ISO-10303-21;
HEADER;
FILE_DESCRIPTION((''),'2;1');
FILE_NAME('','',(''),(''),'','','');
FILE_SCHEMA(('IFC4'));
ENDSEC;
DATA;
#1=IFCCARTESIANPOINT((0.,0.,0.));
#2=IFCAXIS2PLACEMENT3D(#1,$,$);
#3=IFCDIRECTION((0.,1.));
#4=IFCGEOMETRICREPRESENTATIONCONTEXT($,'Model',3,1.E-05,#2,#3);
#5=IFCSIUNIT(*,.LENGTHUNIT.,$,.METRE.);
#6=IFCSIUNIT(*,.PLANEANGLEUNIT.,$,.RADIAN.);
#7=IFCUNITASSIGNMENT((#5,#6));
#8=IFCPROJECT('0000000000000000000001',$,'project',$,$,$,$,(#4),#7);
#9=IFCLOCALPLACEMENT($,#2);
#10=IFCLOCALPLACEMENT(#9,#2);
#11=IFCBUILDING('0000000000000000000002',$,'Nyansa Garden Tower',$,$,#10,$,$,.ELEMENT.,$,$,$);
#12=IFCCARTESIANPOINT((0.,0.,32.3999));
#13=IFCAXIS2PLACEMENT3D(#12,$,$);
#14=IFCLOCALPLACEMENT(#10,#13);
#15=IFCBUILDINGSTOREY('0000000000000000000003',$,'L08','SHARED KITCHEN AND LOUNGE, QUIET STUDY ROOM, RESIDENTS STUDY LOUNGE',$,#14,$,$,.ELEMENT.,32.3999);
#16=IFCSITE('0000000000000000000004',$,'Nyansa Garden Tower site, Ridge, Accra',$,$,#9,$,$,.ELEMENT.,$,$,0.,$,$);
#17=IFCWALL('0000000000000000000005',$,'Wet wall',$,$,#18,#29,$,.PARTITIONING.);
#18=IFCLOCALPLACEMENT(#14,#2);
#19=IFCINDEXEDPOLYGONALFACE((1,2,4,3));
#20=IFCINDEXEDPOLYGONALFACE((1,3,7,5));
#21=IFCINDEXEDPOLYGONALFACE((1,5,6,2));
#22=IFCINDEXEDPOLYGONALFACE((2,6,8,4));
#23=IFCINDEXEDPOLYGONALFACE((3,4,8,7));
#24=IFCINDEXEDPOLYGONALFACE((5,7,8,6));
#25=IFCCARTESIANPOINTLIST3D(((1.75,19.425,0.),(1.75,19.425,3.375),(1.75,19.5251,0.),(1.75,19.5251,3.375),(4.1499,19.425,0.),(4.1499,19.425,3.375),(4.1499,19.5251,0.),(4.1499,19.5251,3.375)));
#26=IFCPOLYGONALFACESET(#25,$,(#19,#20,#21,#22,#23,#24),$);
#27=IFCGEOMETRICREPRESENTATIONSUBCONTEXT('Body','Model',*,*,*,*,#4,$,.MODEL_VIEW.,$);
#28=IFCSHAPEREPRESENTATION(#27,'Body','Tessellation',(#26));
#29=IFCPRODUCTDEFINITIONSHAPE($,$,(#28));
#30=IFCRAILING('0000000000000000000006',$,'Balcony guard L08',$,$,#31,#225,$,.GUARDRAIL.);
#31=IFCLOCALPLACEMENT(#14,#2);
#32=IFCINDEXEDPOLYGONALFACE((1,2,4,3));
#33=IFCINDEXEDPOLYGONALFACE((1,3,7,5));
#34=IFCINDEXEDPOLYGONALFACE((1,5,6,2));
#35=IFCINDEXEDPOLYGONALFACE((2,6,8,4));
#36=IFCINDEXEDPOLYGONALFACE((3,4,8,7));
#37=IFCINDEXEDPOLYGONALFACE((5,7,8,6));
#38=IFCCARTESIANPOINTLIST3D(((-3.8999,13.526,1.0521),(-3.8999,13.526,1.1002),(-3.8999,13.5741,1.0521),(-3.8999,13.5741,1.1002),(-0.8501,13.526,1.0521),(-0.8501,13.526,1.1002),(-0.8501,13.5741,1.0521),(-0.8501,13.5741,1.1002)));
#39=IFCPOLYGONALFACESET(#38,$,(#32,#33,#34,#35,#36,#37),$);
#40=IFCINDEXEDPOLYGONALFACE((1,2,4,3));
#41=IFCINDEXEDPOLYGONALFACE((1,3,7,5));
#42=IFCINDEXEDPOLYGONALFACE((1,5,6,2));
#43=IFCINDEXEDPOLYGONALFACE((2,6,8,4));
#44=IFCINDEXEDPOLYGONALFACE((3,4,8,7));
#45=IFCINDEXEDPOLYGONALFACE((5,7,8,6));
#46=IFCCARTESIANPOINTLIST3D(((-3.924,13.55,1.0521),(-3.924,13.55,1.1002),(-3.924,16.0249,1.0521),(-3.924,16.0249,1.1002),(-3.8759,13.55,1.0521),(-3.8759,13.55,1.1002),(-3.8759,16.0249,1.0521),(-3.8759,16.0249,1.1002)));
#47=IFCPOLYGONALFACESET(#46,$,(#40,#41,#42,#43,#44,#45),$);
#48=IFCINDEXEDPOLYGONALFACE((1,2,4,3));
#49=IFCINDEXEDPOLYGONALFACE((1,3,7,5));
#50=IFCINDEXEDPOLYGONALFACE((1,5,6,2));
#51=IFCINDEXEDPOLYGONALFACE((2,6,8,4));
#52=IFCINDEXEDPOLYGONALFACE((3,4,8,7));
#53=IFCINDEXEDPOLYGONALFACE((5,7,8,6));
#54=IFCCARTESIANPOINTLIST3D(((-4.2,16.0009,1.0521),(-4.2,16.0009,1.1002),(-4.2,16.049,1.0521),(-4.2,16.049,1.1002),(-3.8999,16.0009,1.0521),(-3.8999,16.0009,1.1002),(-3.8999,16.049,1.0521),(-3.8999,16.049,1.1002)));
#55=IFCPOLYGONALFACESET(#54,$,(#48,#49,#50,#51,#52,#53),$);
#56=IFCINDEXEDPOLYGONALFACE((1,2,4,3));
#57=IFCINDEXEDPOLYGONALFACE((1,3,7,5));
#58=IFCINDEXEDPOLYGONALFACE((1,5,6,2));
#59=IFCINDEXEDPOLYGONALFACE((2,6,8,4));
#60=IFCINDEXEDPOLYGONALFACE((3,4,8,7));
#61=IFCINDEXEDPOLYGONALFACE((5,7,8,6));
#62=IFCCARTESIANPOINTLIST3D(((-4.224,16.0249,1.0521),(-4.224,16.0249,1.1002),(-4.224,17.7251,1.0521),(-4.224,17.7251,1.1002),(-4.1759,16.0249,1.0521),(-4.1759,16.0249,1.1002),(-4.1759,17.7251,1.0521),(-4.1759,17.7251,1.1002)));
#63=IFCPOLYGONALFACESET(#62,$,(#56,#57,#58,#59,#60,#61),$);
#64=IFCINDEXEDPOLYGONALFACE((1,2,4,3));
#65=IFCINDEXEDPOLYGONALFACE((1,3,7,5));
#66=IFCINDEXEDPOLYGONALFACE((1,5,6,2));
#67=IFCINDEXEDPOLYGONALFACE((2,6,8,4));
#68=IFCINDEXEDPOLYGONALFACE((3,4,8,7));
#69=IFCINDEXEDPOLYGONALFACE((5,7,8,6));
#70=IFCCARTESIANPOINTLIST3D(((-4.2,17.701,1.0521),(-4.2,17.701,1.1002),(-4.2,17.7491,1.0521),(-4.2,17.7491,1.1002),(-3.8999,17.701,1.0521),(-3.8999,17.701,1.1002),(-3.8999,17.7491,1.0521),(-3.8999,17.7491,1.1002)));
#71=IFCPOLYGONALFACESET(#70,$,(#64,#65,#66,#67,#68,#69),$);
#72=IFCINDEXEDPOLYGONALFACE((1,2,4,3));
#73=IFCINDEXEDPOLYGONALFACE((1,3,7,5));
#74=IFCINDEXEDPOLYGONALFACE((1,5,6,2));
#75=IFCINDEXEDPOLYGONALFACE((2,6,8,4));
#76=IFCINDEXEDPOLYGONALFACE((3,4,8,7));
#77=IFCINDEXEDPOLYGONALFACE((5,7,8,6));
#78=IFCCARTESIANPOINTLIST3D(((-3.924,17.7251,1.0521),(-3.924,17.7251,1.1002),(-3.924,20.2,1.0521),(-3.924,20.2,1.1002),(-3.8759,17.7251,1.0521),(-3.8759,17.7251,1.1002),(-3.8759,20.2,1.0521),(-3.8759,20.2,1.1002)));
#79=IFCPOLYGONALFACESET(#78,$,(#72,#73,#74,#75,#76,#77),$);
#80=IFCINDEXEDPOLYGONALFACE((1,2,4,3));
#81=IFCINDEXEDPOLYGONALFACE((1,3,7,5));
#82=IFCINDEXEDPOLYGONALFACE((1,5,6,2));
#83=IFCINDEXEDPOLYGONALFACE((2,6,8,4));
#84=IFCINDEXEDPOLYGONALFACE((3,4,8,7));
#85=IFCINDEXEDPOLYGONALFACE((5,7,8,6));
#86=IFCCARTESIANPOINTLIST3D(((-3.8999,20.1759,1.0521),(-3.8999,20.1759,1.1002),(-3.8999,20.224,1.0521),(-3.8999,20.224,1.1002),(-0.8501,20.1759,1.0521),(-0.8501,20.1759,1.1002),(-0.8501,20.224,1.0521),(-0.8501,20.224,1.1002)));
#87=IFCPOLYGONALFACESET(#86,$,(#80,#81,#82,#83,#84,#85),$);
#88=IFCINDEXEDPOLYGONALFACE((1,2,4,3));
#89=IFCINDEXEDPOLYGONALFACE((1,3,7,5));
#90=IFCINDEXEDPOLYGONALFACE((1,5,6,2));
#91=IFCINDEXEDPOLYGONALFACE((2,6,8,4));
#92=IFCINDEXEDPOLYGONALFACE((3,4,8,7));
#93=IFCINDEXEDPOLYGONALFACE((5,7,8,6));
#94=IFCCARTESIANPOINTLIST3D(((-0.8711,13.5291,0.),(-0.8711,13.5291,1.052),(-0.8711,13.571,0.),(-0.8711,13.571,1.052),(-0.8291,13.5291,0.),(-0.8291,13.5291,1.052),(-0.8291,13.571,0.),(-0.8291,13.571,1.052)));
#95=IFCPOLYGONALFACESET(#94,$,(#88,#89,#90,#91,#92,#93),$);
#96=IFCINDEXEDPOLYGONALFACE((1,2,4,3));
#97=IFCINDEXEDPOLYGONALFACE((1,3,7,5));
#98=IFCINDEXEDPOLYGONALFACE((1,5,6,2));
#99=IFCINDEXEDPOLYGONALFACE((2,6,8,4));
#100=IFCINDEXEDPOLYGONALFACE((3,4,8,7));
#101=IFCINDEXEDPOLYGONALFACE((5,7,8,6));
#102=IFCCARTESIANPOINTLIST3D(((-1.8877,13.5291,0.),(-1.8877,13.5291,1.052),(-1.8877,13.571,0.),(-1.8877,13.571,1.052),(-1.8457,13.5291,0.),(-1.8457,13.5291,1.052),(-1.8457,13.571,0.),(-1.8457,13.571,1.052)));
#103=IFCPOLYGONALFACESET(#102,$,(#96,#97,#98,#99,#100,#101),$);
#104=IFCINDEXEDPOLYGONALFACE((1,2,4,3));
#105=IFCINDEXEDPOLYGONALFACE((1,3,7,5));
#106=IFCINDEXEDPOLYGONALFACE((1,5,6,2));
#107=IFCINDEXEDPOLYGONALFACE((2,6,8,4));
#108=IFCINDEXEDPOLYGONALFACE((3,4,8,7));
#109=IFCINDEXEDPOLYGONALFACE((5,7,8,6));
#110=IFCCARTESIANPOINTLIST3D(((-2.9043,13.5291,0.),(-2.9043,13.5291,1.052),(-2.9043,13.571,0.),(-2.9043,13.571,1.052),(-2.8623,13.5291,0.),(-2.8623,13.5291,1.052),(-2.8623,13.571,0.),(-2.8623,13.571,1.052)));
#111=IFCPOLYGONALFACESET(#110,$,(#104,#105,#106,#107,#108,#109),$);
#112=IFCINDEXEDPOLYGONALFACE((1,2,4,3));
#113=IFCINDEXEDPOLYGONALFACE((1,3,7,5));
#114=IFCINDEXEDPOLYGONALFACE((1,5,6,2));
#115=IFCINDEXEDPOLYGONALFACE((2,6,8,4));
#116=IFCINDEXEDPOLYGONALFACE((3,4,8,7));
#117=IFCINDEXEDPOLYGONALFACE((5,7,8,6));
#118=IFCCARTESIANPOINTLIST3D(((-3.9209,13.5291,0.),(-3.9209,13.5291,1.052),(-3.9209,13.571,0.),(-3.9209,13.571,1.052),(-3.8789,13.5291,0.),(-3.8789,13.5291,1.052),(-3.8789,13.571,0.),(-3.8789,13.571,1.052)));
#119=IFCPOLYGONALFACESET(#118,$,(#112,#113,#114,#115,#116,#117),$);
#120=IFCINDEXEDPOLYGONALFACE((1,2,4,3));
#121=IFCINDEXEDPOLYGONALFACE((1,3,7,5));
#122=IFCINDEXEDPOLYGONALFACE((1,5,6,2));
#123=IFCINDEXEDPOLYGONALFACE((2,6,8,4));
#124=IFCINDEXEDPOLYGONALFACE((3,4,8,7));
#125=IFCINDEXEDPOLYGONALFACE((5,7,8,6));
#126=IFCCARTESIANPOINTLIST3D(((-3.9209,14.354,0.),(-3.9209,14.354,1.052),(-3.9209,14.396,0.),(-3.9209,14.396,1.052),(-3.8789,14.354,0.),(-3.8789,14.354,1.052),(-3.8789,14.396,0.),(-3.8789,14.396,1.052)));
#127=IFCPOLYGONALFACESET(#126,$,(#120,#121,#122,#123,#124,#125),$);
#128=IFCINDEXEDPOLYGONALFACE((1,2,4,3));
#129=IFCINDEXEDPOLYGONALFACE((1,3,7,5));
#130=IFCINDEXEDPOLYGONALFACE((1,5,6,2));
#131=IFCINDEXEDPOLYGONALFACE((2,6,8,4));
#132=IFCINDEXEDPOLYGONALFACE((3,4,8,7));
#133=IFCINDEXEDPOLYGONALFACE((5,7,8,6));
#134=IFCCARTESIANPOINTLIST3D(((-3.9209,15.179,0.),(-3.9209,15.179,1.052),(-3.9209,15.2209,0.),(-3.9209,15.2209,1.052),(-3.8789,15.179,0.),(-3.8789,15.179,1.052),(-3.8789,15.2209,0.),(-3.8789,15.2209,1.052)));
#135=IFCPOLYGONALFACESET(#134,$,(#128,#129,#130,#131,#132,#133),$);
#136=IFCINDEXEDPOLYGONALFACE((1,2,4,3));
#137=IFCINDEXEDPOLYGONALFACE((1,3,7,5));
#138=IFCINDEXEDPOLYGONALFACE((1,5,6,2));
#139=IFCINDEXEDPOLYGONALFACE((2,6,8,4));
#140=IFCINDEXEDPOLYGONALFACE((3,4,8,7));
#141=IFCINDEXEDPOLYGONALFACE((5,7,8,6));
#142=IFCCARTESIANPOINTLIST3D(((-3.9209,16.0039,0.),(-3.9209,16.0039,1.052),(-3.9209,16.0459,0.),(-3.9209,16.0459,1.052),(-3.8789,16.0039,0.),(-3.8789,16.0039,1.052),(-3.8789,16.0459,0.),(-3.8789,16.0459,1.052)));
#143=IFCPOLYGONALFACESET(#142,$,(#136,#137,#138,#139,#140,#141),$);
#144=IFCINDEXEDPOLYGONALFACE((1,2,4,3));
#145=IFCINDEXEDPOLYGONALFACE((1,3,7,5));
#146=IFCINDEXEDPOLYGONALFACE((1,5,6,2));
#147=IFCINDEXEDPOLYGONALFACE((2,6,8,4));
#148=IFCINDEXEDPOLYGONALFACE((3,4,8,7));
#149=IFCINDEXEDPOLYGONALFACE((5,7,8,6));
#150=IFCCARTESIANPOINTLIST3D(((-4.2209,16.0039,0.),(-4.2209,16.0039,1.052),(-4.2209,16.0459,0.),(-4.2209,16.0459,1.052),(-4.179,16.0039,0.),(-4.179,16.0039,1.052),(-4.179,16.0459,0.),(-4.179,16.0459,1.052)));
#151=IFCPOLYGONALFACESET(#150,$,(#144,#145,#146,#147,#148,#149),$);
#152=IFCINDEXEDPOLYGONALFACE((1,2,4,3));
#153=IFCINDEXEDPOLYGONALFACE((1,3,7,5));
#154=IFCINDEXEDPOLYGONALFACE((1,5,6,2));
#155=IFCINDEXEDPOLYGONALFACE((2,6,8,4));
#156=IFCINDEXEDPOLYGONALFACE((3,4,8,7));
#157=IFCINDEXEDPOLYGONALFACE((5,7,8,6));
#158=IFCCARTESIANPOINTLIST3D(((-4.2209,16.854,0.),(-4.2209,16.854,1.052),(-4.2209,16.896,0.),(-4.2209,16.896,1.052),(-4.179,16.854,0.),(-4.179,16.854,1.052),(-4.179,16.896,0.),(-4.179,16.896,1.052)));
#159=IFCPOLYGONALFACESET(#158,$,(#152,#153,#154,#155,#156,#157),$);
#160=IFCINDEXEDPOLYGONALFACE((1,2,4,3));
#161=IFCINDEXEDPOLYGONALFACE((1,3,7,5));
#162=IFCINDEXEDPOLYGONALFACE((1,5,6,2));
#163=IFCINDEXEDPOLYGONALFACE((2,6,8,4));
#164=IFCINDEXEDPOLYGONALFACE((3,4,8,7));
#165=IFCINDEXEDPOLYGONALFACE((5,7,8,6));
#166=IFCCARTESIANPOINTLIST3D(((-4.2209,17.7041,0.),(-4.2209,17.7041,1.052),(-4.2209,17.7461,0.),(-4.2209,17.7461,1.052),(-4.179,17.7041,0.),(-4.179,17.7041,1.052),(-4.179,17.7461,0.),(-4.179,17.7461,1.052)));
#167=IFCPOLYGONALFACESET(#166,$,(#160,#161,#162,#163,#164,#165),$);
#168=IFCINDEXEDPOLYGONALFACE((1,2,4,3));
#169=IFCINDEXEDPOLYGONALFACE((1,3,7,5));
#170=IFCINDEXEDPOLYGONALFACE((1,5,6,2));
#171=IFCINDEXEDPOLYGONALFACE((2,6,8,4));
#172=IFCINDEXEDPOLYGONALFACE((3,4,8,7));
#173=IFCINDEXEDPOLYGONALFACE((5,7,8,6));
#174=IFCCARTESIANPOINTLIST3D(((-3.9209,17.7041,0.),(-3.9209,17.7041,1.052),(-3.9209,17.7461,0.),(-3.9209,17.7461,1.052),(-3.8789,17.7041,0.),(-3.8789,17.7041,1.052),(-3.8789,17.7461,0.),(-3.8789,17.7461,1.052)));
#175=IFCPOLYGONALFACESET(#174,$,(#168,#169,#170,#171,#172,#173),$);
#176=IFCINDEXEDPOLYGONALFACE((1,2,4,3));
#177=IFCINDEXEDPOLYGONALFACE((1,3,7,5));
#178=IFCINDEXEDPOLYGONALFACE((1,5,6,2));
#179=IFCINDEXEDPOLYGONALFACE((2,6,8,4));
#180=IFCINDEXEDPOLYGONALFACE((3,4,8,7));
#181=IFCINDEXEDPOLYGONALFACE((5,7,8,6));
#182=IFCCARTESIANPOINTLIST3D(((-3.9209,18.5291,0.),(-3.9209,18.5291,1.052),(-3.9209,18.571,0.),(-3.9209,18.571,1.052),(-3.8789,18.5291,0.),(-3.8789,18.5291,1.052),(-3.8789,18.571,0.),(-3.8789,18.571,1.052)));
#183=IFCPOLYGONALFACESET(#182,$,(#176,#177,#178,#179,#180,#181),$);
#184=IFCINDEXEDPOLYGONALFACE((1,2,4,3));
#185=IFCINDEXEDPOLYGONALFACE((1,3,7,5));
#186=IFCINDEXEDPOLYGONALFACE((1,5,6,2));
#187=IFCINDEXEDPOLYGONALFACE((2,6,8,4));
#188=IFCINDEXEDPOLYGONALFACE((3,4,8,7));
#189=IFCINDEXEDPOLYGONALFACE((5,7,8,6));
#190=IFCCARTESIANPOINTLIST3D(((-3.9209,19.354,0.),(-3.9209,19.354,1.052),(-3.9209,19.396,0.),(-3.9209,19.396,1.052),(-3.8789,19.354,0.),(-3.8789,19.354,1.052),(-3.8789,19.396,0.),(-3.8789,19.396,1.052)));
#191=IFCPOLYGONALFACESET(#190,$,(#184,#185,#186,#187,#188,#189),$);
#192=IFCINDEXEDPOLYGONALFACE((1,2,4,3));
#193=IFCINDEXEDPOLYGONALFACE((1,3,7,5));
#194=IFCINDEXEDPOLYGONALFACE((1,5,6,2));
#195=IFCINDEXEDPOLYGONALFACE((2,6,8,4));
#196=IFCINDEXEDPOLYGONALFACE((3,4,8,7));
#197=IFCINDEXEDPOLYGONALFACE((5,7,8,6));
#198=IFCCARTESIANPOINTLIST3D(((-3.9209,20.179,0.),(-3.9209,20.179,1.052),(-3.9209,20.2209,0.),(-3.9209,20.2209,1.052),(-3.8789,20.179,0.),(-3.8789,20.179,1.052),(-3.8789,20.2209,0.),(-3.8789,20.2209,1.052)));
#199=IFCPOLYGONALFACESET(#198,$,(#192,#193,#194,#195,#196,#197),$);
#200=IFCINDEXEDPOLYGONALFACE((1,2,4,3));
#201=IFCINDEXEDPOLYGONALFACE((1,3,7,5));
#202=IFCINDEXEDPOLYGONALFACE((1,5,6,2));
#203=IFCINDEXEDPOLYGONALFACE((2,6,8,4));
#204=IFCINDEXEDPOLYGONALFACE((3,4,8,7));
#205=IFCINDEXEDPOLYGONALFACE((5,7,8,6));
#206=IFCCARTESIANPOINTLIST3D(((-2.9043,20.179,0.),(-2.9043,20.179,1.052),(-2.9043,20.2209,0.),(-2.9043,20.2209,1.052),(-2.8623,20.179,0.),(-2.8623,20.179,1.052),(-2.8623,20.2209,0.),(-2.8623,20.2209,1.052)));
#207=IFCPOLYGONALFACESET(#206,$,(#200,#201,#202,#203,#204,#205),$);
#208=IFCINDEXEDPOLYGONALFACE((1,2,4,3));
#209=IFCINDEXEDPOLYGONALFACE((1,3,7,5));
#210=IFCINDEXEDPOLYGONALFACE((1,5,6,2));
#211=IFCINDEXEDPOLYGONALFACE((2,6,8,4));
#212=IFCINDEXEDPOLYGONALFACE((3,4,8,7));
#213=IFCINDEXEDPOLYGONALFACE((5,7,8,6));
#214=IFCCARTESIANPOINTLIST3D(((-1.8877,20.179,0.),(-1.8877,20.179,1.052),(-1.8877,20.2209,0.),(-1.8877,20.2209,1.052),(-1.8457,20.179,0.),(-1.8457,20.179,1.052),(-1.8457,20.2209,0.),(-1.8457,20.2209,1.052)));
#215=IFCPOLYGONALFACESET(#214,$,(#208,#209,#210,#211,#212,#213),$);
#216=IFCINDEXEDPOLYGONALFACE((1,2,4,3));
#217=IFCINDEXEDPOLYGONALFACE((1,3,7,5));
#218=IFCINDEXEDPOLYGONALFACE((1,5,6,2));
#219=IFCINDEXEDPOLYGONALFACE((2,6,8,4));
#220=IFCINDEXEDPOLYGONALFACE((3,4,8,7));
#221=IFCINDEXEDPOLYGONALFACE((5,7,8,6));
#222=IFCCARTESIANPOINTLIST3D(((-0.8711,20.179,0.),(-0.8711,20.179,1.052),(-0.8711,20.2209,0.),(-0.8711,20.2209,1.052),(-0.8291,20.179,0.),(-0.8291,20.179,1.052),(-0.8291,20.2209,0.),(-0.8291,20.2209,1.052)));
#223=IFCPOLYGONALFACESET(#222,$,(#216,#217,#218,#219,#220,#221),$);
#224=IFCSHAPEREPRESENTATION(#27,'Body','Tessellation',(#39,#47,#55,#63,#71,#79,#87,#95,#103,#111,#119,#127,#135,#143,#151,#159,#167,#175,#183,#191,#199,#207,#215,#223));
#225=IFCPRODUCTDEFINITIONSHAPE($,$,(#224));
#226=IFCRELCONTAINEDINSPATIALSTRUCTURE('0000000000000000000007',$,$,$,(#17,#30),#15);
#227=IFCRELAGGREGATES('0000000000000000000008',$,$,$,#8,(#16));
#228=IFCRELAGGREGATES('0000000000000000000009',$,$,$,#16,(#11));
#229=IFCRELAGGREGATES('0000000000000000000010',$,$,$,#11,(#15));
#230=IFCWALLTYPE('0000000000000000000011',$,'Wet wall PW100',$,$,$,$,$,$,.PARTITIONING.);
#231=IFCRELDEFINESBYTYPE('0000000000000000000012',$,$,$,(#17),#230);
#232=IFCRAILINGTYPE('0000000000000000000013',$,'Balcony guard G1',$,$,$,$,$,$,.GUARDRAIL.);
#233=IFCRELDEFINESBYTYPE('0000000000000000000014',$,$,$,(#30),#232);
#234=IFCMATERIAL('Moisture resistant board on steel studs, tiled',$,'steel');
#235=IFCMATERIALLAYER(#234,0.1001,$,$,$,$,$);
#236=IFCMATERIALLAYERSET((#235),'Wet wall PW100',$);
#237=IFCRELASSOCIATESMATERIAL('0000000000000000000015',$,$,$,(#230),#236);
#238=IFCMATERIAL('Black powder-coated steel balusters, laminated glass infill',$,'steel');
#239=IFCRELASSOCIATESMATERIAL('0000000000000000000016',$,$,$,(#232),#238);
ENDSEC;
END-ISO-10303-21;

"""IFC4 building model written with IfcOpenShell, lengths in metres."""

from ifc_helpers import new_model, si_unit, direction, frame, frame_2d, origin, origin_2d, place, context, subcontext, project, spatial, rectangle, extrude, material, layer, layer_set, type_object, element, save


model = new_model("IFC4")

# Units and contexts
model_context = context("Model", 3, precision=1e-05, world=origin(), true_north=direction((0.0, 1.0)))
body_context = subcontext(model_context, "Body", "Model", "MODEL_VIEW")
ifc_project = project(units=[si_unit("LENGTHUNIT", "METRE"), si_unit("PLANEANGLEUNIT", "RADIAN")], contexts=[model_context])

# Site, building, storey
site_placement = place(None, origin())
site = spatial("IfcSite", under=ifc_project, at=site_placement, Name="Nyansa Garden Tower site, Ridge, Accra", CompositionType="ELEMENT", RefElevation=0.0)
building_placement = place(site_placement, origin())
building = spatial("IfcBuilding", under=site, at=building_placement, Name="Nyansa Garden Tower", CompositionType="ELEMENT")
storey_placement = place(building_placement, frame((0.0, 0.0, 32.3999)))
storey = spatial("IfcBuildingStorey", under=building, at=storey_placement, Name="L08", Description="SHARED KITCHEN AND LOUNGE, QUIET STUDY ROOM, RESIDENTS STUDY LOUNGE", CompositionType="ELEMENT", Elevation=32.3999)

# Wall
ifc_material_1 = material(Name="Moisture resistant board on steel studs, tiled", Category="steel")
ifc_layer_1 = layer(ifc_material_1, 0.1001)
ifc_layer_set_1 = layer_set([ifc_layer_1], Name="Wet wall PW100")
wall_type_1 = type_object("IfcWallType", Name="Wet wall PW100", PredefinedType="PARTITIONING", material=ifc_layer_set_1)
wall_1_placement = place(storey_placement, frame((1.75, 19.4751, 0.0), z_axis=(0.0, 0.0, 1.0), x_axis=(1.0, 0.0, 0.0)))
element("IfcWall", 1, at=wall_1_placement, inside=storey, type_object=wall_type_1, Name="Wet wall", PredefinedType="PARTITIONING", context=body_context, shape_type="SweptSolid", body=[
    extrude(rectangle(XDim=2.3999, YDim=0.1001, at=frame_2d((1.2, 0.0))), origin(), (0.0, 0.0, 1.0), 3.375),
])

# Railing
ifc_material_2 = material(Name="Black powder-coated steel balusters, laminated glass infill", Category="steel")
railing_type = type_object("IfcRailingType", Name="Balcony guard G1", PredefinedType="GUARDRAIL", material=ifc_material_2)
railing_placement = place(storey_placement, frame((-0.8501, 13.55, 0.0)))
element("IfcRailing", 2, at=railing_placement, inside=storey, type_object=railing_type, Name="Balcony guard L08", PredefinedType="GUARDRAIL", context=body_context, shape_type="SweptSolid", body=[
    extrude(rectangle(XDim=0.0481, YDim=0.0481, at=origin_2d()), frame((0.0, 0.0, 1.0762), z_axis=(-1.0, 0.0, 0.0), x_axis=(0.0, -1.0, 0.0)), (0.0, 0.0, 1.0), 3.0498),
    extrude(rectangle(XDim=0.0481, YDim=0.0481, at=origin_2d()), frame((-3.0498, 0.0, 1.0762), z_axis=(0.0, 1.0, 0.0), x_axis=(-1.0, 0.0, 0.0)), (0.0, 0.0, 1.0), 2.4749),
    extrude(rectangle(XDim=0.0481, YDim=0.0481, at=origin_2d()), frame((-3.0498, 2.4749, 1.0762), z_axis=(-1.0, 0.0, 0.0), x_axis=(0.0, -1.0, 0.0)), (0.0, 0.0, 1.0), 0.3),
    extrude(rectangle(XDim=0.0481, YDim=0.0481, at=origin_2d()), frame((-3.3499, 2.4749, 1.0762), z_axis=(0.0, 1.0, 0.0), x_axis=(-1.0, 0.0, 0.0)), (0.0, 0.0, 1.0), 1.7002),
    extrude(rectangle(XDim=0.0481, YDim=0.0481, at=origin_2d()), frame((-3.3499, 4.175, 1.0762), z_axis=(1.0, 0.0, 0.0), x_axis=(0.0, 1.0, 0.0)), (0.0, 0.0, 1.0), 0.3),
    extrude(rectangle(XDim=0.0481, YDim=0.0481, at=origin_2d()), frame((-3.0498, 4.175, 1.0762), z_axis=(0.0, 1.0, 0.0), x_axis=(-1.0, 0.0, 0.0)), (0.0, 0.0, 1.0), 2.4749),
    extrude(rectangle(XDim=0.0481, YDim=0.0481, at=origin_2d()), frame((-3.0498, 6.6499, 1.0762), z_axis=(1.0, 0.0, 0.0), x_axis=(0.0, 1.0, 0.0)), (0.0, 0.0, 1.0), 3.0498),
    extrude(rectangle(XDim=0.042, YDim=0.042, at=origin_2d()), origin(), (0.0, 0.0, 1.0), 1.052),
    extrude(rectangle(XDim=0.042, YDim=0.042, at=origin_2d()), frame((-1.0166, 0.0, 0.0)), (0.0, 0.0, 1.0), 1.052),
    extrude(rectangle(XDim=0.042, YDim=0.042, at=origin_2d()), frame((-2.0332, 0.0, 0.0)), (0.0, 0.0, 1.0), 1.052),
    extrude(rectangle(XDim=0.042, YDim=0.042, at=origin_2d()), frame((-3.0498, 0.0, 0.0)), (0.0, 0.0, 1.0), 1.052),
    extrude(rectangle(XDim=0.042, YDim=0.042, at=origin_2d()), frame((-3.0498, 0.825, 0.0)), (0.0, 0.0, 1.0), 1.052),
    extrude(rectangle(XDim=0.042, YDim=0.042, at=origin_2d()), frame((-3.0498, 1.6499, 0.0)), (0.0, 0.0, 1.0), 1.052),
    extrude(rectangle(XDim=0.042, YDim=0.042, at=origin_2d()), frame((-3.0498, 2.4749, 0.0)), (0.0, 0.0, 1.0), 1.052),
    extrude(rectangle(XDim=0.042, YDim=0.042, at=origin_2d()), frame((-3.3499, 2.4749, 0.0)), (0.0, 0.0, 1.0), 1.052),
    extrude(rectangle(XDim=0.042, YDim=0.042, at=origin_2d()), frame((-3.3499, 3.325, 0.0)), (0.0, 0.0, 1.0), 1.052),
    extrude(rectangle(XDim=0.042, YDim=0.042, at=origin_2d()), frame((-3.3499, 4.175, 0.0)), (0.0, 0.0, 1.0), 1.052),
    extrude(rectangle(XDim=0.042, YDim=0.042, at=origin_2d()), frame((-3.0498, 4.175, 0.0)), (0.0, 0.0, 1.0), 1.052),
    extrude(rectangle(XDim=0.042, YDim=0.042, at=origin_2d()), frame((-3.0498, 5.0, 0.0)), (0.0, 0.0, 1.0), 1.052),
    extrude(rectangle(XDim=0.042, YDim=0.042, at=origin_2d()), frame((-3.0498, 5.825, 0.0)), (0.0, 0.0, 1.0), 1.052),
    extrude(rectangle(XDim=0.042, YDim=0.042, at=origin_2d()), frame((-3.0498, 6.6499, 0.0)), (0.0, 0.0, 1.0), 1.052),
    extrude(rectangle(XDim=0.042, YDim=0.042, at=origin_2d()), frame((-2.0332, 6.6499, 0.0)), (0.0, 0.0, 1.0), 1.052),
    extrude(rectangle(XDim=0.042, YDim=0.042, at=origin_2d()), frame((-1.0166, 6.6499, 0.0)), (0.0, 0.0, 1.0), 1.052),
    extrude(rectangle(XDim=0.042, YDim=0.042, at=origin_2d()), frame((0.0, 6.6499, 0.0)), (0.0, 0.0, 1.0), 1.052),
])

save(model, "model.ifc")
